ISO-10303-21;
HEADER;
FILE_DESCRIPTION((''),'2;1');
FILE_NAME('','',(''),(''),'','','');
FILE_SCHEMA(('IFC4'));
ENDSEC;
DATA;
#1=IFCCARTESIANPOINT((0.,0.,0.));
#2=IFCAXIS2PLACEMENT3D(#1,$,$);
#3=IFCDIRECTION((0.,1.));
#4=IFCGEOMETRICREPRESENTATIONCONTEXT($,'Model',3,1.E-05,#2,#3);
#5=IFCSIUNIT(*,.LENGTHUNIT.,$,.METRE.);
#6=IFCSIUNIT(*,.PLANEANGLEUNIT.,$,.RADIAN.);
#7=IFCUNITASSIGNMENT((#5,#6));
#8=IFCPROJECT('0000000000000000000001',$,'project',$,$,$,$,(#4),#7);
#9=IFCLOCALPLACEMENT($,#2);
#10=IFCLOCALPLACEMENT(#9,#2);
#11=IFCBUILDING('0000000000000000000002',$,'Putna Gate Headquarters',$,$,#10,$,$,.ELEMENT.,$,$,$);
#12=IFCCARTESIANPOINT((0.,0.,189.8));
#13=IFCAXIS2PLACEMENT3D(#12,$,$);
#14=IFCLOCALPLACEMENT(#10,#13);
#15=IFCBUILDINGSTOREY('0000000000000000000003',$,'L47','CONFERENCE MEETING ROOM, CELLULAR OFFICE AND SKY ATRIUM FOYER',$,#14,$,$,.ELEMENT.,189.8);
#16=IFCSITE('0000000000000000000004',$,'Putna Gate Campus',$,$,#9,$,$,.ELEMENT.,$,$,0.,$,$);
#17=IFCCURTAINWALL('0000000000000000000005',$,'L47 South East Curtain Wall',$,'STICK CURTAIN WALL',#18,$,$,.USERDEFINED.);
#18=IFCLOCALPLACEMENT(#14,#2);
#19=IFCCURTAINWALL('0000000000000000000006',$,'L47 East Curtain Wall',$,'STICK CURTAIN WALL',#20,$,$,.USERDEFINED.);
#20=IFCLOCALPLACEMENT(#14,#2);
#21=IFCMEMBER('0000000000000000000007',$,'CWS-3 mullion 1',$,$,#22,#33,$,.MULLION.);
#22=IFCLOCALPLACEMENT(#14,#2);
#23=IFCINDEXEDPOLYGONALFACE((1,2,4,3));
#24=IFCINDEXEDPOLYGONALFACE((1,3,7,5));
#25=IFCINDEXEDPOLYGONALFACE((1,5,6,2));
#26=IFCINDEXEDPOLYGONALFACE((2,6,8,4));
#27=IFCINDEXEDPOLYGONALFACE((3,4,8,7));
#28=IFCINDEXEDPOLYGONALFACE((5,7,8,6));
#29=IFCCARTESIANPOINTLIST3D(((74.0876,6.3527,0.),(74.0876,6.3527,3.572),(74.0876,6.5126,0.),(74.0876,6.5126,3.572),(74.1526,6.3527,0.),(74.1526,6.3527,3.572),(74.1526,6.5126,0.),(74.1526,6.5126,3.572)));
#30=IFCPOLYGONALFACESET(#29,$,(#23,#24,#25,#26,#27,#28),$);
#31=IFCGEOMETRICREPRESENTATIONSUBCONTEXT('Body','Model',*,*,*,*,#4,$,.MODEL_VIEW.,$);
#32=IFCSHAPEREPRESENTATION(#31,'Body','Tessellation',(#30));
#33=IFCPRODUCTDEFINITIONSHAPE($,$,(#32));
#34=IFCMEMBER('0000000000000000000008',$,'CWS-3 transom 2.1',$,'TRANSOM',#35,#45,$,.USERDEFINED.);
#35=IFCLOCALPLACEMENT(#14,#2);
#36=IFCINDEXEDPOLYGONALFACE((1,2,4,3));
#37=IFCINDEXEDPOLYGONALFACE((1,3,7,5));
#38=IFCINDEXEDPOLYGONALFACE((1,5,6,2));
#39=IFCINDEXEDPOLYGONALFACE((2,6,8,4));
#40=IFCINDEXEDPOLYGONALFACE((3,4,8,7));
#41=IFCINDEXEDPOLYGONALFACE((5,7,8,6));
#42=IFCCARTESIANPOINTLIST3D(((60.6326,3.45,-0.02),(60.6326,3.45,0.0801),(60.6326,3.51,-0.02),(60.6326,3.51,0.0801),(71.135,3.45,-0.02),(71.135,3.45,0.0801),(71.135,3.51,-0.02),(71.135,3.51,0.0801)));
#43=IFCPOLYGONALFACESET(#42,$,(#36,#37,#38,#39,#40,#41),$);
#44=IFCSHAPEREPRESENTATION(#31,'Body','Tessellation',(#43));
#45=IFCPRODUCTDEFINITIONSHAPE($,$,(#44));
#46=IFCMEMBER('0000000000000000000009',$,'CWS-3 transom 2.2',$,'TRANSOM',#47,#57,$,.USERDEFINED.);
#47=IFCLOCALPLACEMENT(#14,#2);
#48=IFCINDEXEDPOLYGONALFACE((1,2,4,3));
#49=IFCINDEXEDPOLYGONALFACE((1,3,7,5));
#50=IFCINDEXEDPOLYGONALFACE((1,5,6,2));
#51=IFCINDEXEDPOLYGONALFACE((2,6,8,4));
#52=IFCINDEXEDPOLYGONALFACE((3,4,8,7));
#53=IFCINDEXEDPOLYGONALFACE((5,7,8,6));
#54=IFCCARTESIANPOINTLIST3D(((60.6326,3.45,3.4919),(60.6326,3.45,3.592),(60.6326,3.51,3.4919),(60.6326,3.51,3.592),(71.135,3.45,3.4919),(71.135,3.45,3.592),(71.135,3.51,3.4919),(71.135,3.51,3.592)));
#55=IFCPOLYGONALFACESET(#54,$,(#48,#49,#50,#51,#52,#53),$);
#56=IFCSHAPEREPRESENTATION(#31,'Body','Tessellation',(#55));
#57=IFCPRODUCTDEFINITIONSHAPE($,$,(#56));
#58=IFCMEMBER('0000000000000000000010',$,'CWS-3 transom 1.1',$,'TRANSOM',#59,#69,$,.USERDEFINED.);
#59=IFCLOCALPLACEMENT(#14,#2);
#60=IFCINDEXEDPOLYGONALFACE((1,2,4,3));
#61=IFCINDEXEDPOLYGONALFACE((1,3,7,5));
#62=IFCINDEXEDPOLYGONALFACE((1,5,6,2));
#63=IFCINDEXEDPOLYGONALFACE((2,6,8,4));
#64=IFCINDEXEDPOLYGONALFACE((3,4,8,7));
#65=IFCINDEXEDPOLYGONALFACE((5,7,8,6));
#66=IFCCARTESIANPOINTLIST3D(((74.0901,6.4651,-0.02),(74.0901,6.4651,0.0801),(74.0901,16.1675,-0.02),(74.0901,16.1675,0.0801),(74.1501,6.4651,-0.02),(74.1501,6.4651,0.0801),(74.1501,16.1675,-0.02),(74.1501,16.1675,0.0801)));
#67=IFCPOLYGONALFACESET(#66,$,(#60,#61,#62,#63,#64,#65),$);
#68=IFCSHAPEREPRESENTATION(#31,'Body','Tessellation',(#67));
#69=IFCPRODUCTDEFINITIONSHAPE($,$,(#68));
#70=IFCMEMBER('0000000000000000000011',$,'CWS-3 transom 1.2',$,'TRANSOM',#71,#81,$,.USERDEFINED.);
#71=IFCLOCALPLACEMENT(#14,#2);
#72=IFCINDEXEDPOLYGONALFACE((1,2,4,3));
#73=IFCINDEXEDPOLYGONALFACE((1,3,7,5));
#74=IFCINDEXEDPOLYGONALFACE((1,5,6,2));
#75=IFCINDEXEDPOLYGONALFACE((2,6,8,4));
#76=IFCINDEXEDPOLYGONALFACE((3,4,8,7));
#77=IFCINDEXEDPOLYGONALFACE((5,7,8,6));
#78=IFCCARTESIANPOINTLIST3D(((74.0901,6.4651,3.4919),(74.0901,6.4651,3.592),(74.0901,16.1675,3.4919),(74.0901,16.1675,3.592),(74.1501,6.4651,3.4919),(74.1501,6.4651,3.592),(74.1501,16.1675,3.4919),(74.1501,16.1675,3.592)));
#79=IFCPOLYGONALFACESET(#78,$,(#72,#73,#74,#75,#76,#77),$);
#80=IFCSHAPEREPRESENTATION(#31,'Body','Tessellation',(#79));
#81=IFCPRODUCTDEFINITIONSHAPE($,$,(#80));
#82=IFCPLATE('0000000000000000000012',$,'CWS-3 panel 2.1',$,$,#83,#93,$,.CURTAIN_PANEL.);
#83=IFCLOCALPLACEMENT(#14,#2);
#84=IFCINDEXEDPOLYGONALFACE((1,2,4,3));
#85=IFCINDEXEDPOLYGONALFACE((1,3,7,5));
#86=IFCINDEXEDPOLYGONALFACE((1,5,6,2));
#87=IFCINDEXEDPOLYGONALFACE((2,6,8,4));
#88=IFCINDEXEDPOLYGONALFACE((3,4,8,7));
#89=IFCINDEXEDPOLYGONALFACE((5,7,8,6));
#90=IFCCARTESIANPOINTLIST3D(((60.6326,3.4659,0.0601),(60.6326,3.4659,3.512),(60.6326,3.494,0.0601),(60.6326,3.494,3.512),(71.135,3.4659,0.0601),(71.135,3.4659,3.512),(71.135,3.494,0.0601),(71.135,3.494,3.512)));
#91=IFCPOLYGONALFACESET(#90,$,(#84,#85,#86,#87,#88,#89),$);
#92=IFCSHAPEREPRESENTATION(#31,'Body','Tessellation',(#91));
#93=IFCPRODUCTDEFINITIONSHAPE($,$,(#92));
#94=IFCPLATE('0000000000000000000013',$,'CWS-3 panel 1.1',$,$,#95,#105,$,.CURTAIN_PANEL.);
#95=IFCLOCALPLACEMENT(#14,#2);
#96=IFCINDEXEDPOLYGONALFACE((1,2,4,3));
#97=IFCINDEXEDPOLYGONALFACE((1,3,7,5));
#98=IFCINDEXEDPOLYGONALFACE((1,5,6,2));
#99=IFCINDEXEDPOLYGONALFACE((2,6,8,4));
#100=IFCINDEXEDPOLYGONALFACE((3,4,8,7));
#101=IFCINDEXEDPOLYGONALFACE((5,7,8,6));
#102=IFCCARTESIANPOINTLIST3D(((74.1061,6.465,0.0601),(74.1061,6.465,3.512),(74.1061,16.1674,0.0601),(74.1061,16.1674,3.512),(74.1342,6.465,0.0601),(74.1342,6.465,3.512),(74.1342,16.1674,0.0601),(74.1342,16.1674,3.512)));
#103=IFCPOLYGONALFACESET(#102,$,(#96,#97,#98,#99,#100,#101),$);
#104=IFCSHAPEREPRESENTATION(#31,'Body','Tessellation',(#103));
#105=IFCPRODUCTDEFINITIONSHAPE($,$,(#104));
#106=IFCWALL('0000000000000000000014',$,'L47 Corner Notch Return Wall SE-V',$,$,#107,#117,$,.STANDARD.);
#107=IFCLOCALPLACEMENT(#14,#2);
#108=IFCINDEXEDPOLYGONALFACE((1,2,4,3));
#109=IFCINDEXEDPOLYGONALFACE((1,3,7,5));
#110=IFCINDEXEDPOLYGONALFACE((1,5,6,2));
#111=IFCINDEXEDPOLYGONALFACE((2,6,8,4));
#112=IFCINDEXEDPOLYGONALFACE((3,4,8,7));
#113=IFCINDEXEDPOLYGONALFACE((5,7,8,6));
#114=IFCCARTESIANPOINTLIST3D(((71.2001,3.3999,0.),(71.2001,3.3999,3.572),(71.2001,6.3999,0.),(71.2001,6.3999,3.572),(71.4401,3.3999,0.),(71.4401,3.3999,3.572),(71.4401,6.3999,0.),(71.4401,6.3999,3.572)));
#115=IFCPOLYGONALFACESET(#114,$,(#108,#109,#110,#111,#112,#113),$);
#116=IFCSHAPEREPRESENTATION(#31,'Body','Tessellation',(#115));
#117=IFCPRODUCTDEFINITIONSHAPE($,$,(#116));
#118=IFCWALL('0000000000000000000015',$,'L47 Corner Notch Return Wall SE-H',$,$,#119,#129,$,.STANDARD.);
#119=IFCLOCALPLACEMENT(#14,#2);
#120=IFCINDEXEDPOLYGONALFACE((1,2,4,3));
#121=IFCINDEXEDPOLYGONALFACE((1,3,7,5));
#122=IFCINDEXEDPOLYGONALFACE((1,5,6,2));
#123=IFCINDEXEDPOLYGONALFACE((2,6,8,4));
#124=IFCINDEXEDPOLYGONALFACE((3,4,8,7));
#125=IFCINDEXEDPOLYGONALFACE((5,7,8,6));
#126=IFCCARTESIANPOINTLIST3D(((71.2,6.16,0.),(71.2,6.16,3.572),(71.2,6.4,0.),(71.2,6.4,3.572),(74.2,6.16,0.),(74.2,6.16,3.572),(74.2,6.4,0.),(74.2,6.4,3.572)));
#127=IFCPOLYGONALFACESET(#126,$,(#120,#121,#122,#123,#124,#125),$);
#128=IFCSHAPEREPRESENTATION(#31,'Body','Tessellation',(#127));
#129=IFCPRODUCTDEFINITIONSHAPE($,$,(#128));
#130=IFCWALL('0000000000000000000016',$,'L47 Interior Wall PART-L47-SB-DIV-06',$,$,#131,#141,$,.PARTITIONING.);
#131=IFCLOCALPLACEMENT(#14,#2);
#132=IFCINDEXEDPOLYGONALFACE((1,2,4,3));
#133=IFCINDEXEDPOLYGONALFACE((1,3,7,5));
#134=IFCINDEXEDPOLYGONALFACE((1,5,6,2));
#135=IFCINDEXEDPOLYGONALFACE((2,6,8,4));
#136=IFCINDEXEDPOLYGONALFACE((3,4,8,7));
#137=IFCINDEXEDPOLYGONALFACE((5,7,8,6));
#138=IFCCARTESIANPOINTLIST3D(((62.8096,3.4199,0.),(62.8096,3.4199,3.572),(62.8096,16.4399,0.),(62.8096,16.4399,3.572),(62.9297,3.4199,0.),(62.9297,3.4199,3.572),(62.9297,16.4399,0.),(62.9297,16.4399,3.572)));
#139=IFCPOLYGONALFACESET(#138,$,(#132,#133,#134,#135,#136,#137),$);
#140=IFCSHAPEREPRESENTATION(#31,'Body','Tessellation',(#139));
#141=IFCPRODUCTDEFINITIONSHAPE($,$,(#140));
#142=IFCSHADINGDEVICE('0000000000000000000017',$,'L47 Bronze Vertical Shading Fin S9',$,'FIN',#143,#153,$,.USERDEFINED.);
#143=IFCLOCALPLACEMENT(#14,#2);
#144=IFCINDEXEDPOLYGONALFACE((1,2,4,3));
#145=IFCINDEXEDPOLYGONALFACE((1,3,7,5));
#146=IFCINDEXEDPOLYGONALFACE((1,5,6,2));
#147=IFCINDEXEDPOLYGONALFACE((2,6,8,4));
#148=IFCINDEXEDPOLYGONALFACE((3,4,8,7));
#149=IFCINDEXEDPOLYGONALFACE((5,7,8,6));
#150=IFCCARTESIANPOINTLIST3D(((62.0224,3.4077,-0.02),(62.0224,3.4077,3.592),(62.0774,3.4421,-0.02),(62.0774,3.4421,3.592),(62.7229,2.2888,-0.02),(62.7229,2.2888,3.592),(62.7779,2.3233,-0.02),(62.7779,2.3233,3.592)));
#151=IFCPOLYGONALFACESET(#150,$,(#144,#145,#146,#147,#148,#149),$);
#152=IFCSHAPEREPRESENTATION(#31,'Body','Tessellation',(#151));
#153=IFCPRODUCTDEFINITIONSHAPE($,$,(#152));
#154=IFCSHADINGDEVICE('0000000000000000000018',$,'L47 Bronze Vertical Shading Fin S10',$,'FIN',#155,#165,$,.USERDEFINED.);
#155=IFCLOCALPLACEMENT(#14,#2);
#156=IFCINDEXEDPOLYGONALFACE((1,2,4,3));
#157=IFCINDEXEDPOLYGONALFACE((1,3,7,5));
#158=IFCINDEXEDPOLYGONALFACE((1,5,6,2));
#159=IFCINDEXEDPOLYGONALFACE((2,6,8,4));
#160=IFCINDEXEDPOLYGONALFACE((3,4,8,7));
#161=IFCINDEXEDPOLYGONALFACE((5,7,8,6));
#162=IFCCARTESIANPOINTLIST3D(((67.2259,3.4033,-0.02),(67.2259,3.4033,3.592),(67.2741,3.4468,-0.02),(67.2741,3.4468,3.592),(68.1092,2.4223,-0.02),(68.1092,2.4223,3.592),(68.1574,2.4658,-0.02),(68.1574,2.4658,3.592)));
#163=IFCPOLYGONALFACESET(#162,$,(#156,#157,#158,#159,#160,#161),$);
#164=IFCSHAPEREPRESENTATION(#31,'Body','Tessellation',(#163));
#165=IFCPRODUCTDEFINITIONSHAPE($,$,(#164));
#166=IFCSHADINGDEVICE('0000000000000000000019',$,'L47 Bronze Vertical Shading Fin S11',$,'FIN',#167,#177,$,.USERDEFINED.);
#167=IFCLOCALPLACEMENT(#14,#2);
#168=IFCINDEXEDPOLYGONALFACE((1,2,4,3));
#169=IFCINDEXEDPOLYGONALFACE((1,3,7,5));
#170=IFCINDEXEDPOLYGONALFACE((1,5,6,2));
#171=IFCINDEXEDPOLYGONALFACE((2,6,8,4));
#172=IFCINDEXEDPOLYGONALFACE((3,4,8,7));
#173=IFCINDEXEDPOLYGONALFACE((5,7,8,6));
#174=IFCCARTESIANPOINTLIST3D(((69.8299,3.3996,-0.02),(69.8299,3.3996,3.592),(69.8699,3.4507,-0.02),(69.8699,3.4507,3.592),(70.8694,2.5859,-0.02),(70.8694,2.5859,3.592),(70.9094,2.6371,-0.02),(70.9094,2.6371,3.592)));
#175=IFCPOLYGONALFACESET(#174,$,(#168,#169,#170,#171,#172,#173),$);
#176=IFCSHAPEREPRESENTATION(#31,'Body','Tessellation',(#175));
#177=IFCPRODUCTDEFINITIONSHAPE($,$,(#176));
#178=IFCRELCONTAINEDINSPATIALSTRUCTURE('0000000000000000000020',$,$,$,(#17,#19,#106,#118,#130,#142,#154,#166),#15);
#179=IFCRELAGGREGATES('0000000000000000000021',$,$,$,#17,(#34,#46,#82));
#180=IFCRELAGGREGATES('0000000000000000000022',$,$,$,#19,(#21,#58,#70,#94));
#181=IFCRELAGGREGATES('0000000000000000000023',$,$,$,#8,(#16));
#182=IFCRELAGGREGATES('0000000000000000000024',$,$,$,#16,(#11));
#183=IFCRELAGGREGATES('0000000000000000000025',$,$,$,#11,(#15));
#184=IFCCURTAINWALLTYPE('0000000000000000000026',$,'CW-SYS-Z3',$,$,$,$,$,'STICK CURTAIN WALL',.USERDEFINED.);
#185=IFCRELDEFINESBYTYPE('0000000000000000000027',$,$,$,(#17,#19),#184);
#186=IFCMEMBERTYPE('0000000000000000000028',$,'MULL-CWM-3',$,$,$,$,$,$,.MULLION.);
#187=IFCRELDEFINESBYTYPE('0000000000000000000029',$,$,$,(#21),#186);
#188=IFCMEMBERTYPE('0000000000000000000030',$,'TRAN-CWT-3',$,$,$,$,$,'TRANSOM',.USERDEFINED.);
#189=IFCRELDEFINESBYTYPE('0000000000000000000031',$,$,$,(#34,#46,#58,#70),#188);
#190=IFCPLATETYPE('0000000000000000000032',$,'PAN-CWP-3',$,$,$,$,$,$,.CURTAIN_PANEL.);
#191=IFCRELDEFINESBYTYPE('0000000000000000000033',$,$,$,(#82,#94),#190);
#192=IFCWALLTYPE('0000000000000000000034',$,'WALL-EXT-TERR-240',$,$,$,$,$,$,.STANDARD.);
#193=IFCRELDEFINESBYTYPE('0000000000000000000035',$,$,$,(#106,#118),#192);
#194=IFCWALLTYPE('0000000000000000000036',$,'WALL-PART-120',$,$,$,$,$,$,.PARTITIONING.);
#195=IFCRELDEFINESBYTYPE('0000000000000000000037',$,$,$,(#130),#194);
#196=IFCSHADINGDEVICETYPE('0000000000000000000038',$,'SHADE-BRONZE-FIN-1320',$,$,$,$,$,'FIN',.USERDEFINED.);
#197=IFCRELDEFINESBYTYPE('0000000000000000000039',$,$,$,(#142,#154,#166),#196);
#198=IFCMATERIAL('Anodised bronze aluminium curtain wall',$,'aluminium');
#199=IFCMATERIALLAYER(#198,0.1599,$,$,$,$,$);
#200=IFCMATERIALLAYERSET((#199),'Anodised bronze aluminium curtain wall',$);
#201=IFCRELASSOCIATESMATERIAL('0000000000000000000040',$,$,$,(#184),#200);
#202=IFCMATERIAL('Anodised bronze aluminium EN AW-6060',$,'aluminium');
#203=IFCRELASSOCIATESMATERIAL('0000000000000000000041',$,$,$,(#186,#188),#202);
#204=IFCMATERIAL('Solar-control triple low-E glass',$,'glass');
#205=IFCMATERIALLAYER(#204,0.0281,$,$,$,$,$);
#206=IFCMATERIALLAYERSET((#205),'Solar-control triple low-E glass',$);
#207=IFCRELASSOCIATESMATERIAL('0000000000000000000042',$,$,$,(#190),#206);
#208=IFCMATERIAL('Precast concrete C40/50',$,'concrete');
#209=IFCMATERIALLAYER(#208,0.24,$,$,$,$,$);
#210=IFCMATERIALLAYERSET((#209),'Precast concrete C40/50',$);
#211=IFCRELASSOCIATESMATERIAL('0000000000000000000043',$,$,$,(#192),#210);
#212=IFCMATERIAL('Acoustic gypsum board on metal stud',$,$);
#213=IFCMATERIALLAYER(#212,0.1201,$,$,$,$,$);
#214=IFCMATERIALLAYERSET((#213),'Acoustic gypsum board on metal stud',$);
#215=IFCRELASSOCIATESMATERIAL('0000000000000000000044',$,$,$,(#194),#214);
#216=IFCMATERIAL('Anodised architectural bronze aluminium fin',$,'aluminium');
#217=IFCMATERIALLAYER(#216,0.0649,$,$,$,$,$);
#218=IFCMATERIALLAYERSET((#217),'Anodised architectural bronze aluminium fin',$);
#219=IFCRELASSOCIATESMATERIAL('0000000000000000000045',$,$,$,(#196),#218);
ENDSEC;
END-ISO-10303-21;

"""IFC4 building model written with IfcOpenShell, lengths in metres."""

from ifc_helpers import new_model, si_unit, direction, frame, frame_2d, origin, origin_2d, place, context, subcontext, project, spatial, rectangle, extrude, material, layer, layer_set, material_profile, profile_set, type_object, element, aggregate, save


model = new_model("IFC4")

# Units and contexts
model_context = context("Model", 3, precision=1e-05, world=origin(), true_north=direction((0.0, 1.0)))
body_context = subcontext(model_context, "Body", "Model", "MODEL_VIEW")
ifc_project = project(units=[si_unit("LENGTHUNIT", "METRE"), si_unit("PLANEANGLEUNIT", "RADIAN")], contexts=[model_context])

# Site, building, storey
site_placement = place(None, origin())
site = spatial("IfcSite", under=ifc_project, at=site_placement, Name="Putna Gate Campus", CompositionType="ELEMENT", RefElevation=0.0)
building_placement = place(site_placement, origin())
building = spatial("IfcBuilding", under=site, at=building_placement, Name="Putna Gate Headquarters", CompositionType="ELEMENT")
storey_placement = place(building_placement, frame((0.0, 0.0, 189.8)))
storey = spatial("IfcBuildingStorey", under=building, at=storey_placement, Name="L47", Description="CONFERENCE MEETING ROOM, CELLULAR OFFICE AND SKY ATRIUM FOYER", CompositionType="ELEMENT", Elevation=189.8)

# Curtain wall
ifc_material_1 = material(Name="Anodised bronze aluminium curtain wall", Category="aluminium")
ifc_layer_1 = layer(ifc_material_1, 0.1599)
ifc_layer_set_1 = layer_set([ifc_layer_1], Name="Anodised bronze aluminium curtain wall")
curtain_wall_type = type_object("IfcCurtainWallType", Name="CW-SYS-Z3", ElementType="STICK CURTAIN WALL", PredefinedType="USERDEFINED", material=ifc_layer_set_1)
curtain_wall_1_placement = place(storey_placement, origin())
curtain_wall_1 = element("IfcCurtainWall", 1, at=curtain_wall_1_placement, inside=storey, type_object=curtain_wall_type, Name="L47 South East Curtain Wall", ObjectType="STICK CURTAIN WALL", PredefinedType="USERDEFINED")
ifc_material_2 = material(Name="Anodised bronze aluminium EN AW-6060", Category="aluminium")
ifc_material_profile_1 = material_profile(ifc_material_2, rectangle(XDim=0.0649, YDim=0.1599, at=origin_2d()), Name="Anodised bronze aluminium EN AW-6060")
ifc_profile_set_1 = profile_set([ifc_material_profile_1], Name="Anodised bronze aluminium EN AW-6060")
member_type_1 = type_object("IfcMemberType", Name="MULL-CWM-3", PredefinedType="MULLION", material=ifc_profile_set_1)

# Curtain wall, member
curtain_wall_2_placement = place(storey_placement, origin())
curtain_wall_2 = element("IfcCurtainWall", 2, at=curtain_wall_2_placement, inside=storey, type_object=curtain_wall_type, Name="L47 East Curtain Wall", ObjectType="STICK CURTAIN WALL", PredefinedType="USERDEFINED")
member_1_placement = place(storey_placement, frame((74.1201, 6.4326, 0.0), z_axis=(0.0, 0.0, 1.0), x_axis=(-1.0, 0.0, 0.0)))
member_1 = element("IfcMember", 3, at=member_1_placement, type_object=member_type_1, Name="CWS-3 mullion 1", PredefinedType="MULLION", context=body_context, shape_type="SweptSolid", body=[
    extrude(rectangle(XDim=0.0649, YDim=0.1599, at=origin_2d()), origin(), (0.0, 0.0, 1.0), 3.572),
])

# Members
ifc_material_profile_2 = material_profile(ifc_material_2, rectangle(XDim=0.0601, YDim=0.1001, at=origin_2d()), Name="Anodised bronze aluminium EN AW-6060")
ifc_profile_set_2 = profile_set([ifc_material_profile_2], Name="Anodised bronze aluminium EN AW-6060")
member_type_2 = type_object("IfcMemberType", Name="TRAN-CWT-3", ElementType="TRANSOM", PredefinedType="USERDEFINED", material=ifc_profile_set_2)
member_2_placement = place(storey_placement, frame((60.6326, 3.48, 0.03), z_axis=(1.0, 0.0, 0.0), x_axis=(0.0, 1.0, 0.0)))
member_2 = element("IfcMember", 4, at=member_2_placement, type_object=member_type_2, Name="CWS-3 transom 2.1", ObjectType="TRANSOM", PredefinedType="USERDEFINED", context=body_context, shape_type="SweptSolid", body=[
    extrude(rectangle(XDim=0.0601, YDim=0.1001, at=origin_2d()), origin(), (0.0, 0.0, 1.0), 10.5024),
])
member_3_placement = place(storey_placement, frame((60.6326, 3.48, 3.542), z_axis=(1.0, 0.0, 0.0), x_axis=(0.0, 1.0, 0.0)))
member_3 = element("IfcMember", 5, at=member_3_placement, type_object=member_type_2, Name="CWS-3 transom 2.2", ObjectType="TRANSOM", PredefinedType="USERDEFINED", context=body_context, shape_type="SweptSolid", body=[
    extrude(rectangle(XDim=0.0601, YDim=0.1001, at=origin_2d()), origin(), (0.0, 0.0, 1.0), 10.5024),
])
member_4_placement = place(storey_placement, frame((74.1201, 6.4651, 0.03), z_axis=(0.0, 1.0, 0.0), x_axis=(-1.0, 0.0, 0.0)))
member_4 = element("IfcMember", 6, at=member_4_placement, type_object=member_type_2, Name="CWS-3 transom 1.1", ObjectType="TRANSOM", PredefinedType="USERDEFINED", context=body_context, shape_type="SweptSolid", body=[
    extrude(rectangle(XDim=0.0601, YDim=0.1001, at=origin_2d()), origin(), (0.0, 0.0, 1.0), 9.7024),
])
member_5_placement = place(storey_placement, frame((74.1201, 6.4651, 3.542), z_axis=(0.0, 1.0, 0.0), x_axis=(-1.0, 0.0, 0.0)))
member_5 = element("IfcMember", 7, at=member_5_placement, type_object=member_type_2, Name="CWS-3 transom 1.2", ObjectType="TRANSOM", PredefinedType="USERDEFINED", context=body_context, shape_type="SweptSolid", body=[
    extrude(rectangle(XDim=0.0601, YDim=0.1001, at=origin_2d()), origin(), (0.0, 0.0, 1.0), 9.7024),
])

# Plates
ifc_material_3 = material(Name="Solar-control triple low-E glass", Category="glass")
ifc_layer_2 = layer(ifc_material_3, 0.0281)
ifc_layer_set_2 = layer_set([ifc_layer_2], Name="Solar-control triple low-E glass")
plate_type = type_object("IfcPlateType", Name="PAN-CWP-3", PredefinedType="CURTAIN_PANEL", material=ifc_layer_set_2)
plate_1_placement = place(storey_placement, frame((65.8838, 3.48, 0.0601), z_axis=(0.0, 0.0, 1.0), x_axis=(1.0, 0.0, 0.0)))
plate_1 = element("IfcPlate", 8, at=plate_1_placement, type_object=plate_type, Name="CWS-3 panel 2.1", PredefinedType="CURTAIN_PANEL", context=body_context, shape_type="SweptSolid", body=[
    extrude(rectangle(XDim=10.5024, YDim=0.0281, at=origin_2d()), origin(), (0.0, 0.0, 1.0), 3.4519),
])
aggregate(curtain_wall_1, [member_2, member_3, plate_1])
plate_2_placement = place(storey_placement, frame((74.1201, 11.3162, 0.0601), z_axis=(0.0, 0.0, 1.0), x_axis=(0.0, 1.0, 0.0)))
plate_2 = element("IfcPlate", 9, at=plate_2_placement, type_object=plate_type, Name="CWS-3 panel 1.1", PredefinedType="CURTAIN_PANEL", context=body_context, shape_type="SweptSolid", body=[
    extrude(rectangle(XDim=9.7024, YDim=0.0281, at=origin_2d()), origin(), (0.0, 0.0, 1.0), 3.4519),
])
aggregate(curtain_wall_2, [member_1, member_4, member_5, plate_2])

# Walls
ifc_material_4 = material(Name="Precast concrete C40/50", Category="concrete")
ifc_layer_3 = layer(ifc_material_4, 0.24)
ifc_layer_set_3 = layer_set([ifc_layer_3], Name="Precast concrete C40/50")
wall_type_1 = type_object("IfcWallType", Name="WALL-EXT-TERR-240", PredefinedType="STANDARD", material=ifc_layer_set_3)
for number, where, z_axis, x_axis, name in (
    (10, (71.3201, 6.3999, 0.0), (0.0, 0.0, 1.0), (0.0, -1.0, 0.0), "L47 Corner Notch Return Wall SE-V"),
    (11, (74.2, 6.28, 0.0), (0.0, 0.0, 1.0), (-1.0, 0.0, 0.0), "L47 Corner Notch Return Wall SE-H"),
):
    element("IfcWall", number, at=place(storey_placement, frame(where, z_axis=z_axis, x_axis=x_axis)), inside=storey, type_object=wall_type_1, Name=name, PredefinedType="STANDARD", context=body_context, shape_type="SweptSolid", body=[
        extrude(rectangle(XDim=3.0, YDim=0.24, at=frame_2d((1.5, 0.0))), origin(), (0.0, 0.0, 1.0), 3.572),
    ])
ifc_material_5 = material(Name="Acoustic gypsum board on metal stud")
ifc_layer_4 = layer(ifc_material_5, 0.1201)
ifc_layer_set_4 = layer_set([ifc_layer_4], Name="Acoustic gypsum board on metal stud")
wall_type_2 = type_object("IfcWallType", Name="WALL-PART-120", PredefinedType="PARTITIONING", material=ifc_layer_set_4)
wall_placement = place(storey_placement, frame((62.8696, 3.4199, 0.0), z_axis=(0.0, 0.0, 1.0), x_axis=(0.0, 1.0, 0.0)))
element("IfcWall", 12, at=wall_placement, inside=storey, type_object=wall_type_2, Name="L47 Interior Wall PART-L47-SB-DIV-06", PredefinedType="PARTITIONING", context=body_context, shape_type="SweptSolid", body=[
    extrude(rectangle(XDim=13.02, YDim=0.1201, at=frame_2d((6.51, 0.0))), origin(), (0.0, 0.0, 1.0), 3.572),
])

# Shading devices
ifc_material_6 = material(Name="Anodised architectural bronze aluminium fin", Category="aluminium")
ifc_layer_5 = layer(ifc_material_6, 0.0649)
ifc_layer_set_5 = layer_set([ifc_layer_5], Name="Anodised architectural bronze aluminium fin")
shading_device_type = type_object("IfcShadingDeviceType", Name="SHADE-BRONZE-FIN-1320", ElementType="FIN", PredefinedType="USERDEFINED", material=ifc_layer_set_5)
for number, where, z_axis, x_axis, name in (
    (13, (62.4001, 2.8655, -0.02), (0.0, 0.0, 1.0), (0.530659, -0.847585, 0.0), "L47 Bronze Vertical Shading Fin S9"),
    (14, (67.6917, 2.9346, -0.02), (0.0, 0.0, 1.0), (0.669131, -0.743145, 0.0), "L47 Bronze Vertical Shading Fin S10"),
    (15, (70.3696, 3.0183, -0.02), (0.0, 0.0, 1.0), (0.787473, -0.616349, 0.0), "L47 Bronze Vertical Shading Fin S11"),
):
    element("IfcShadingDevice", number, at=place(storey_placement, frame(where, z_axis=z_axis, x_axis=x_axis)), inside=storey, type_object=shading_device_type, Name=name, ObjectType="FIN", PredefinedType="USERDEFINED", context=body_context, shape_type="SweptSolid", body=[
        extrude(rectangle(XDim=1.3201, YDim=0.0649, at=origin_2d()), origin(), (0.0, 0.0, 1.0), 3.6121),
    ])

save(model, "model.ifc")
